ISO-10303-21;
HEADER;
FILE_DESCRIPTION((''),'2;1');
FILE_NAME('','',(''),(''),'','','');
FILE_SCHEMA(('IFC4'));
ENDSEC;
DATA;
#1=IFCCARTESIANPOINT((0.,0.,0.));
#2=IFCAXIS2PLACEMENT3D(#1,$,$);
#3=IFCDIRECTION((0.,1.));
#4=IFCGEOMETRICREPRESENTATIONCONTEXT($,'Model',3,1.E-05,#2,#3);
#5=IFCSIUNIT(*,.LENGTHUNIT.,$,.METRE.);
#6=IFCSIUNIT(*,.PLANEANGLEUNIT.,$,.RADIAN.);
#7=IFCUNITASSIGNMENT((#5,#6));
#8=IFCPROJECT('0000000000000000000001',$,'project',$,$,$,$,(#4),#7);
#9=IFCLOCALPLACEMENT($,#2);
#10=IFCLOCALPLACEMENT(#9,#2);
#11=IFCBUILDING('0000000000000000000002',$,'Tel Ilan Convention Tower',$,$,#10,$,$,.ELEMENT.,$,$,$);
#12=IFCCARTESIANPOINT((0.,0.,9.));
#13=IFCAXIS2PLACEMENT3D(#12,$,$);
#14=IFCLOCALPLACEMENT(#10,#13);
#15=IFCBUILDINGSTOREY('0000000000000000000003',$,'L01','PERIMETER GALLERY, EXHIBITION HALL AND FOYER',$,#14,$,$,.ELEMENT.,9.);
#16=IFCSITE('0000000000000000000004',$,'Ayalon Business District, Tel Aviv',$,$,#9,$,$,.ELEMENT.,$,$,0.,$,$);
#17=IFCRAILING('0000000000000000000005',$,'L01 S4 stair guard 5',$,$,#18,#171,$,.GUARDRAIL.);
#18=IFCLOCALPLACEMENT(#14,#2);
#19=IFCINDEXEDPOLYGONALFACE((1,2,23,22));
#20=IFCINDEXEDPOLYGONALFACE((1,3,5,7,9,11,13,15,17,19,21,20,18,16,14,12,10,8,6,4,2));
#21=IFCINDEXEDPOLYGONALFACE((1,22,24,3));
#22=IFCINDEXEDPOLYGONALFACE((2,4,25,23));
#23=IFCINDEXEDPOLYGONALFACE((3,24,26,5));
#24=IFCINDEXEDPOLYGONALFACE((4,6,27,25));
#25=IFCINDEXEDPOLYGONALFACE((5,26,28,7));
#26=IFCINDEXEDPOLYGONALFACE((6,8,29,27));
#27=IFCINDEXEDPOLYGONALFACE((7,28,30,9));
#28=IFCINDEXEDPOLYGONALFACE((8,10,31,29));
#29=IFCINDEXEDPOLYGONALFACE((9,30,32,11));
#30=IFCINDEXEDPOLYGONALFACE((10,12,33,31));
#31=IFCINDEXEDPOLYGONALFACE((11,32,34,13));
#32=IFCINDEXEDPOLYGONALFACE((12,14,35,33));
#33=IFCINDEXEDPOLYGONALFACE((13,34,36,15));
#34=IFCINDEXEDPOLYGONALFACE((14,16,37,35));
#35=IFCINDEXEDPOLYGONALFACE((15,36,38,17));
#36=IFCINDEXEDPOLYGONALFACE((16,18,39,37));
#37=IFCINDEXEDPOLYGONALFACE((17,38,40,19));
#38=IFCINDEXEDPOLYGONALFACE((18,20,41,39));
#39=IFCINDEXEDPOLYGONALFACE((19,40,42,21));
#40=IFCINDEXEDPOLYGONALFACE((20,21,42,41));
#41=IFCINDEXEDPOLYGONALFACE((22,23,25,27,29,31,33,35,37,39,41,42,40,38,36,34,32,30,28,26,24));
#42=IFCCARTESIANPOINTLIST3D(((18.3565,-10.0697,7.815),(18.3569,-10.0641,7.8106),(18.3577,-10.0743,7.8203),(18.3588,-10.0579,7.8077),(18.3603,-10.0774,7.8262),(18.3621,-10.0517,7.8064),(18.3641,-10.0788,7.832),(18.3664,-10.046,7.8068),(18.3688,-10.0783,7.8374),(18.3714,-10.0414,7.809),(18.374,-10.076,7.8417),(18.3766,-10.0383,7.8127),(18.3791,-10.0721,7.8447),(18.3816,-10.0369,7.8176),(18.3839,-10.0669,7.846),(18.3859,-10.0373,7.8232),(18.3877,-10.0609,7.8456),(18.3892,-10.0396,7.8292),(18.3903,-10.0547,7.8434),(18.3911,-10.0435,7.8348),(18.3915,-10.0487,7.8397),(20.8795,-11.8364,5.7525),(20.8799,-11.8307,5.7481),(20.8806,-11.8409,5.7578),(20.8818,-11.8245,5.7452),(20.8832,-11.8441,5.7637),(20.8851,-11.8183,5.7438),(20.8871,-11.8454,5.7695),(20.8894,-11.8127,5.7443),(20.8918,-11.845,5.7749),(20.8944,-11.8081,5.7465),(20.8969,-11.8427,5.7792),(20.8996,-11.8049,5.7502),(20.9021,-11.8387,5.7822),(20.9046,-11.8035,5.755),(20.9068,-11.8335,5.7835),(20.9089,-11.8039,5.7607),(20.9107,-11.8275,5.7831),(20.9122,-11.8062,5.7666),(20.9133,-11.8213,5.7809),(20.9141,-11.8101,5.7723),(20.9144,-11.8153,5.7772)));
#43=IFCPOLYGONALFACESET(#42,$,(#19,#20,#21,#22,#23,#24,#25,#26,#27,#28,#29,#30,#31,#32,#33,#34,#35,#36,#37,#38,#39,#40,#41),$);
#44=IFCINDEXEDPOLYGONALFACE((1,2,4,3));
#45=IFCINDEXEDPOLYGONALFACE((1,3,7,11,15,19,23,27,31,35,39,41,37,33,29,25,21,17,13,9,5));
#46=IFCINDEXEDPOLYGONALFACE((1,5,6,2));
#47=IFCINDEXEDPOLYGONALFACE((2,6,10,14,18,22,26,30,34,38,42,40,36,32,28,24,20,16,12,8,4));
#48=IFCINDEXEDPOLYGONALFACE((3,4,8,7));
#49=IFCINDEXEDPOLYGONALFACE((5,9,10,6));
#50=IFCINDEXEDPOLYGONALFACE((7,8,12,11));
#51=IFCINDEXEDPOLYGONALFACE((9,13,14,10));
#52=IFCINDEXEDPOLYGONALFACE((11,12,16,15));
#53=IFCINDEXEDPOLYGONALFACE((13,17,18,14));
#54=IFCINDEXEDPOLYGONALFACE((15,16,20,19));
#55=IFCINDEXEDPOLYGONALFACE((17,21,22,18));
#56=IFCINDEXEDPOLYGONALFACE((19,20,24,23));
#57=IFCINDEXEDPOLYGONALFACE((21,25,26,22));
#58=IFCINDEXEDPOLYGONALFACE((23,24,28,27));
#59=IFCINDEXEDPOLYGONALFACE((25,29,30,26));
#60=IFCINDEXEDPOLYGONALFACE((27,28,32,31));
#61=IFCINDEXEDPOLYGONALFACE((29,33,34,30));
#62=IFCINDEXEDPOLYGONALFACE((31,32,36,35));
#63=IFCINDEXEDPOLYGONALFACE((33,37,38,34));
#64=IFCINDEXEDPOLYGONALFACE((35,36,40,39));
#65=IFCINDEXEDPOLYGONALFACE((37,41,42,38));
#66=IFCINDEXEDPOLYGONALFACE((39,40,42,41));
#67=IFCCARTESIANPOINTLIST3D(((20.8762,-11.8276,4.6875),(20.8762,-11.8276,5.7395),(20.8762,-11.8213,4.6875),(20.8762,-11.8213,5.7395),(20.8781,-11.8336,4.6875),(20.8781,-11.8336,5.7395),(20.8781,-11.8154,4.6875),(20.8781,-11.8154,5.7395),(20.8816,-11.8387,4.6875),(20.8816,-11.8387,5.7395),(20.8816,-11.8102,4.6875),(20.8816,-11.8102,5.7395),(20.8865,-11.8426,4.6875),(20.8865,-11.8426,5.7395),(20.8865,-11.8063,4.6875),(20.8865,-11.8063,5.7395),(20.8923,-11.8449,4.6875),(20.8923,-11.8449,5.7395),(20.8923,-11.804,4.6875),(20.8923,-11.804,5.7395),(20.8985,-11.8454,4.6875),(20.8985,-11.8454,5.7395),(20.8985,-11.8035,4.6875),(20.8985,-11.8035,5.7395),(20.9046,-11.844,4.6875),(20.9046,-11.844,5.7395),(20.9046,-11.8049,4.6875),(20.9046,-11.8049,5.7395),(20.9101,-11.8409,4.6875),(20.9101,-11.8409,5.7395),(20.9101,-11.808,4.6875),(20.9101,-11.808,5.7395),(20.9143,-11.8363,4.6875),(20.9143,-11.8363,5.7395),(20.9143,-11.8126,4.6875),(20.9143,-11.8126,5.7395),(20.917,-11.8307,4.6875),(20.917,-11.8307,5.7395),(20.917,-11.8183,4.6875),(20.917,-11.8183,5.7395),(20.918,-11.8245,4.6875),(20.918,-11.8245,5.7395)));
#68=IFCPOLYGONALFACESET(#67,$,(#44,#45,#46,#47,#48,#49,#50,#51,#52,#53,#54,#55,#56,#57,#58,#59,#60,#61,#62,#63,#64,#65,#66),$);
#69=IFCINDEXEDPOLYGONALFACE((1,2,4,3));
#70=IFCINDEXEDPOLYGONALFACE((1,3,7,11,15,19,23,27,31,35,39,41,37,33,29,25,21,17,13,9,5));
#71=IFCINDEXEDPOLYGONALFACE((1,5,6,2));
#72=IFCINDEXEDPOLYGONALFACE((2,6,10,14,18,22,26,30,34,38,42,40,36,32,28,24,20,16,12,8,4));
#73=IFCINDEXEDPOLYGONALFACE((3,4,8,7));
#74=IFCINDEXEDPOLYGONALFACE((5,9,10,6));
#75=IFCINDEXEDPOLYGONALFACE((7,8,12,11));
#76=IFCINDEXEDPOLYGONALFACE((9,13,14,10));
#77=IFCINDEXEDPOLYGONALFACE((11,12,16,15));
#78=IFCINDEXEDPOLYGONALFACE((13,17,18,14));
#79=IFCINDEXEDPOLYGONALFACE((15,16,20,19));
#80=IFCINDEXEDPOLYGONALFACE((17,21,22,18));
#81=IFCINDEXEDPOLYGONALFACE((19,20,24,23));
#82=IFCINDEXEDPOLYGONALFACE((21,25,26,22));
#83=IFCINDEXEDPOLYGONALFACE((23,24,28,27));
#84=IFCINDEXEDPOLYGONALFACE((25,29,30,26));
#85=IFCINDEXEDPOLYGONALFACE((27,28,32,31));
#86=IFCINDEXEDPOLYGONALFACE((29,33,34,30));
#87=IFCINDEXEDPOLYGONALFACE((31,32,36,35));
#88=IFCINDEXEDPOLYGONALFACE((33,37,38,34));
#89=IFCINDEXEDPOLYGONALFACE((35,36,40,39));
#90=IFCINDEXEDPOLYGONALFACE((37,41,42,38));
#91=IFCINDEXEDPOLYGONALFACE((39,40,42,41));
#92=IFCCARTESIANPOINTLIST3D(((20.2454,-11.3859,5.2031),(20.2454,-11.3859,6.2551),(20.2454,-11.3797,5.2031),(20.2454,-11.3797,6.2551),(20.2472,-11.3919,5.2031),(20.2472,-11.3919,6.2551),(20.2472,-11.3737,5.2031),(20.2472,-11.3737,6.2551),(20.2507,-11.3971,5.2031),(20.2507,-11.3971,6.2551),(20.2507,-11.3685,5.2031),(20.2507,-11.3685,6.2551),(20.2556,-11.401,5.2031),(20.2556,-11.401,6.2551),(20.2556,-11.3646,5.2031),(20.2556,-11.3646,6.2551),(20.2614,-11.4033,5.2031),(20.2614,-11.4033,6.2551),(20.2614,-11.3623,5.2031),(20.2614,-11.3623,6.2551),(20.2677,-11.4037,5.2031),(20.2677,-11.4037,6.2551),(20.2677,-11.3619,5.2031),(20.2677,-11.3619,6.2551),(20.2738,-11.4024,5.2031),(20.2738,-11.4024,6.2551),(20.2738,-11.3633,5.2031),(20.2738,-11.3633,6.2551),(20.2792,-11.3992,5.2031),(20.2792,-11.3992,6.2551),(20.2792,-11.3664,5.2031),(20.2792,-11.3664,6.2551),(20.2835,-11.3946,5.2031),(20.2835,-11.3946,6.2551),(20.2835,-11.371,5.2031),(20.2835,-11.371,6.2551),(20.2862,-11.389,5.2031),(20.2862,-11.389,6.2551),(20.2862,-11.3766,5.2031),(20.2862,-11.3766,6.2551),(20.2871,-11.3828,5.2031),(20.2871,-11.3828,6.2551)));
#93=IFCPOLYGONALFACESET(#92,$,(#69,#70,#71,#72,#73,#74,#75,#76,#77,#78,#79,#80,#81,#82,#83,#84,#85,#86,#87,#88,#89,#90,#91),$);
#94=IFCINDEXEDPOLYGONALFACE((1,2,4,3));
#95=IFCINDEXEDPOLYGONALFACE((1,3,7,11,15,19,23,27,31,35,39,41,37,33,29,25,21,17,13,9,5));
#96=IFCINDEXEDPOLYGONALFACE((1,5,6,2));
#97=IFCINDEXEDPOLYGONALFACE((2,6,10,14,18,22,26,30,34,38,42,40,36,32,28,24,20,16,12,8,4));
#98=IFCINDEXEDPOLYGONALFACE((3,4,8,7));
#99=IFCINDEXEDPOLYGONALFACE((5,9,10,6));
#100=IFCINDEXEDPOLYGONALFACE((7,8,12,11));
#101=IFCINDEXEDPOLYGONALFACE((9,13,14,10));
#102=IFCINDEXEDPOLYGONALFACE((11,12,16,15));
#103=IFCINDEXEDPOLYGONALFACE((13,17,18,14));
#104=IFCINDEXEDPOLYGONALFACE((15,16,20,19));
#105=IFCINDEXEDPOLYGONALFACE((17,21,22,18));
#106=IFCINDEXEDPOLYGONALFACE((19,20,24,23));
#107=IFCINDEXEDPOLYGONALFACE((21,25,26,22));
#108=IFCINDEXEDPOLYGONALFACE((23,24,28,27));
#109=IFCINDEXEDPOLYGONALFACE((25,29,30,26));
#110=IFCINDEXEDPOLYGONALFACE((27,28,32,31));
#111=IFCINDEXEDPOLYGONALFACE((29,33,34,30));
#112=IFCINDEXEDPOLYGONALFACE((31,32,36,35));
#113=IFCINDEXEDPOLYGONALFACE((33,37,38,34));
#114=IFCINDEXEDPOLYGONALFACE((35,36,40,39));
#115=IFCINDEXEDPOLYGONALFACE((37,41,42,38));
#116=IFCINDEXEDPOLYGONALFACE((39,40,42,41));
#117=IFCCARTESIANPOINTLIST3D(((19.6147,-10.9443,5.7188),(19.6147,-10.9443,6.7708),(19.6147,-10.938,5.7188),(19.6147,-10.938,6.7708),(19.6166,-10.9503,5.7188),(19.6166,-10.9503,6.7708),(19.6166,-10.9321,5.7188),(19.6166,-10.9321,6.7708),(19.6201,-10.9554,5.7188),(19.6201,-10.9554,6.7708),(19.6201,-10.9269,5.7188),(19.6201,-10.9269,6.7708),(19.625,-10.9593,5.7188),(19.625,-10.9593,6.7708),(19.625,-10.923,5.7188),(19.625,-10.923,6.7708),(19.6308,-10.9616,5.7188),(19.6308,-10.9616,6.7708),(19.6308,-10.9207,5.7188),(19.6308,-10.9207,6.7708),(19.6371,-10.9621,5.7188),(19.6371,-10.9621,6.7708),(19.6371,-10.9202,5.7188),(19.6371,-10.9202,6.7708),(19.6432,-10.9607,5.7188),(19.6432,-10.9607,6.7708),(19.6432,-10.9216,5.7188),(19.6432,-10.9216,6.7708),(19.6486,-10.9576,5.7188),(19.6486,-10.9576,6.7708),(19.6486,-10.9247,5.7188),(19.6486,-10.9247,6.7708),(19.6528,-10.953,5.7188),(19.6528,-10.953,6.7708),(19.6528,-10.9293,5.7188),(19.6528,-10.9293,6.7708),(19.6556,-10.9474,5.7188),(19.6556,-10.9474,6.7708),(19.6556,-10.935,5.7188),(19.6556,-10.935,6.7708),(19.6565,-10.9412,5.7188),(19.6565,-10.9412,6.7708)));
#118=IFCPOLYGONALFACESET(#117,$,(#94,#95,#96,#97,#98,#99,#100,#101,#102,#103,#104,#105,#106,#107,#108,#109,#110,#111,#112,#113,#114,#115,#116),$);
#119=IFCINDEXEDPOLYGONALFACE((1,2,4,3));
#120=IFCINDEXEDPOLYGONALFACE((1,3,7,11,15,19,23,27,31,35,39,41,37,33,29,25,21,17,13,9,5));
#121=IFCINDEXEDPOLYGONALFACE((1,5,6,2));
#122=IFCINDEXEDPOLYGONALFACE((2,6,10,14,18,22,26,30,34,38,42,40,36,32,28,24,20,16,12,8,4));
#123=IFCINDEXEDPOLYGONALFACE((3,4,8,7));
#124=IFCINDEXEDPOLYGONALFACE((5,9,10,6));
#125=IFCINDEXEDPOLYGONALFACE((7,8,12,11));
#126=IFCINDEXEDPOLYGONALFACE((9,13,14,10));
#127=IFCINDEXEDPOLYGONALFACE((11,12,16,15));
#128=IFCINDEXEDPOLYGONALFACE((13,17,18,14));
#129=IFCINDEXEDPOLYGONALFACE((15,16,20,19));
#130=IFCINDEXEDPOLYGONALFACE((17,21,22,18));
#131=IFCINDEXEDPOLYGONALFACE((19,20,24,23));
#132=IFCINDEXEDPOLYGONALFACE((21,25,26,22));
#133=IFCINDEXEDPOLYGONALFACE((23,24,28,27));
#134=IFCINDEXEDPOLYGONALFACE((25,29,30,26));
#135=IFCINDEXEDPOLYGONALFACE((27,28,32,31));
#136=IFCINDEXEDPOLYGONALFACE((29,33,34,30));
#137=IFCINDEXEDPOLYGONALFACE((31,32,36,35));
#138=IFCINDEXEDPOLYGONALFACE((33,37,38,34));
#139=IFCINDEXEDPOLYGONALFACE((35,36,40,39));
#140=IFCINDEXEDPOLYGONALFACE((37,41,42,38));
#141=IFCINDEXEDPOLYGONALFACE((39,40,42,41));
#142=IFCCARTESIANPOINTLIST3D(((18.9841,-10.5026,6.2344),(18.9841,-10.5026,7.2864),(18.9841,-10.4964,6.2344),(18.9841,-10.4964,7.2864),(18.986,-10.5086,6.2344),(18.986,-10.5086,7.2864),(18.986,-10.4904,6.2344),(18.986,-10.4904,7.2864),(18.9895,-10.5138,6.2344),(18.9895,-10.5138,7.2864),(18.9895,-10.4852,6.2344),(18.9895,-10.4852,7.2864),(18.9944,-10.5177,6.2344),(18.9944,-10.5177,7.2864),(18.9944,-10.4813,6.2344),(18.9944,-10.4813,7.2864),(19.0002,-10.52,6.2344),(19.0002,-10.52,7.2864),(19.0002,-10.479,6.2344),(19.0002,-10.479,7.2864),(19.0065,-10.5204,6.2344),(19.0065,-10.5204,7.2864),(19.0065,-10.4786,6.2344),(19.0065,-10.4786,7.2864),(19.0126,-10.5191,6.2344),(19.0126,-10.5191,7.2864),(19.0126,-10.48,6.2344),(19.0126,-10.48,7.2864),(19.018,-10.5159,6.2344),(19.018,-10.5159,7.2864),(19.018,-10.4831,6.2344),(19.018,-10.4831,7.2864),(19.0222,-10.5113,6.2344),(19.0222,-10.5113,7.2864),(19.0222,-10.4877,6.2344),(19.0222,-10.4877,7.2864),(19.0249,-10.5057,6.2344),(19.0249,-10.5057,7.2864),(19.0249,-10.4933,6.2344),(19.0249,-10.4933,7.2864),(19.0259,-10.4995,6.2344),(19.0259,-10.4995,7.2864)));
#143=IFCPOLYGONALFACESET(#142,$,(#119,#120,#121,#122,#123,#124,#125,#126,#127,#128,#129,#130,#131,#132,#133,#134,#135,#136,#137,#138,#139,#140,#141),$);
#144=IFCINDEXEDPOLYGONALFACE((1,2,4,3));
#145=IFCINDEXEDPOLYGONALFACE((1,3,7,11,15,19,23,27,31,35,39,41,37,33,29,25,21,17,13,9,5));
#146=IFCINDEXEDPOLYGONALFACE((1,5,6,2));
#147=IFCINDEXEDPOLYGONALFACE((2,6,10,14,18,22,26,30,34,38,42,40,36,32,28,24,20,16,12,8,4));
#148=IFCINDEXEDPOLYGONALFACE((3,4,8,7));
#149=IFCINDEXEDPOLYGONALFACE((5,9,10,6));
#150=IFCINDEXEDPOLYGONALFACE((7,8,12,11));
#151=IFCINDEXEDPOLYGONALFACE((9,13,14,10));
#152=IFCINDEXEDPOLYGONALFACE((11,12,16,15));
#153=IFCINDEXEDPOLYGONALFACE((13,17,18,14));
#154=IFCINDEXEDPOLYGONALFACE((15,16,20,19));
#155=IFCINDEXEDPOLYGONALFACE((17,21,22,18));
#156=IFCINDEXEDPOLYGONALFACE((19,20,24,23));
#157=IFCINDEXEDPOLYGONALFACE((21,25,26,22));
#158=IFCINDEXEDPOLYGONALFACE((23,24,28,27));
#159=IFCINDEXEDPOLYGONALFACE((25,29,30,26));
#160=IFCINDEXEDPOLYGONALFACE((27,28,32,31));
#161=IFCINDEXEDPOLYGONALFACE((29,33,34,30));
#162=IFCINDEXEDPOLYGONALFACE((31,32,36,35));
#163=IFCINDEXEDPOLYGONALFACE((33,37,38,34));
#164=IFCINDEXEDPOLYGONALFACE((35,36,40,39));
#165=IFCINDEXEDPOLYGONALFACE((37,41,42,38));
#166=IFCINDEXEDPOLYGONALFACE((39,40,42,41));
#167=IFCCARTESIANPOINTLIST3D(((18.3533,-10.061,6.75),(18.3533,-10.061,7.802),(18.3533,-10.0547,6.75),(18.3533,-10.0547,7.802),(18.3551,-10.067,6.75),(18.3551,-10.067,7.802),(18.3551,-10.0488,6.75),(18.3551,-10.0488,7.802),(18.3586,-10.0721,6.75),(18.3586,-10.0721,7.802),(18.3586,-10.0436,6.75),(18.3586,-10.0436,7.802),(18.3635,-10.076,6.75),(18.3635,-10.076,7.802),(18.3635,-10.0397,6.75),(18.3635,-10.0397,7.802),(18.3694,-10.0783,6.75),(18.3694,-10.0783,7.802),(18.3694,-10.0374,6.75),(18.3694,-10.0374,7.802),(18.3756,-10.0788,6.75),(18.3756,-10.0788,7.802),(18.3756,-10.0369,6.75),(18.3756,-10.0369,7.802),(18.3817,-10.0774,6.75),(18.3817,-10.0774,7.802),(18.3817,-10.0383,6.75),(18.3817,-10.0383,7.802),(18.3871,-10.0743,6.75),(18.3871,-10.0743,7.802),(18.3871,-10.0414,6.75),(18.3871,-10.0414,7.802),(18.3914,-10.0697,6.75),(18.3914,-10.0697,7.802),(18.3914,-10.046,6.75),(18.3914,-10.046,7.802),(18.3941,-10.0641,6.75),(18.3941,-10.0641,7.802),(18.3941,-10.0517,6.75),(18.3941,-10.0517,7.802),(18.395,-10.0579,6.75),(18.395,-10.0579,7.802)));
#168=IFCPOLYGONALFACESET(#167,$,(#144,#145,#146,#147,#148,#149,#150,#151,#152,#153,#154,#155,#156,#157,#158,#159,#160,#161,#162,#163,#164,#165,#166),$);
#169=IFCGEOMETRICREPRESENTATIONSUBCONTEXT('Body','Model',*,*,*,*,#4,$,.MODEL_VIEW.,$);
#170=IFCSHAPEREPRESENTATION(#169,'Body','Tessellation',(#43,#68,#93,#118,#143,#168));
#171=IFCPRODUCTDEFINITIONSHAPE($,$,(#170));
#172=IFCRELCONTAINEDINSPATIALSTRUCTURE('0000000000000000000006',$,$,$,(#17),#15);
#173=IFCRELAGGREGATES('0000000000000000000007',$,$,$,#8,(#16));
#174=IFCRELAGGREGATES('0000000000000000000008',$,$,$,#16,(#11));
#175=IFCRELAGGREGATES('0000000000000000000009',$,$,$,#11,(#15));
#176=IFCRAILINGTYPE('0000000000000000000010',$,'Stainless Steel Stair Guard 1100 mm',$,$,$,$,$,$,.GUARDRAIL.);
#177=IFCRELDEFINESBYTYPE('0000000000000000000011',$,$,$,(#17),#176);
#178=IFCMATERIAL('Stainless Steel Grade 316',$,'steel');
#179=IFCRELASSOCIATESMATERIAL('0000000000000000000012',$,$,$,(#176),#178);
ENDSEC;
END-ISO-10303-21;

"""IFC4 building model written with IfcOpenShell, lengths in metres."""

from ifc_helpers import new_model, si_unit, direction, frame, origin, origin_2d, place, context, subcontext, project, spatial, circle, extrude, material, type_object, element, save


model = new_model("IFC4")

# Units and contexts
model_context = context("Model", 3, precision=1e-05, world=origin(), true_north=direction((0.0, 1.0)))
body_context = subcontext(model_context, "Body", "Model", "MODEL_VIEW")
ifc_project = project(units=[si_unit("LENGTHUNIT", "METRE"), si_unit("PLANEANGLEUNIT", "RADIAN")], contexts=[model_context])

# Site, building, storey
site_placement = place(None, origin())
site = spatial("IfcSite", under=ifc_project, at=site_placement, Name="Ayalon Business District, Tel Aviv", CompositionType="ELEMENT", RefElevation=0.0)
building_placement = place(site_placement, origin())
building = spatial("IfcBuilding", under=site, at=building_placement, Name="Tel Ilan Convention Tower", CompositionType="ELEMENT")
storey_placement = place(building_placement, frame((0.0, 0.0, 9.0)))
storey = spatial("IfcBuildingStorey", under=building, at=storey_placement, Name="L01", Description="PERIMETER GALLERY, EXHIBITION HALL AND FOYER", CompositionType="ELEMENT", Elevation=9.0)

# Railing
ifc_material_1 = material(Name="Stainless Steel Grade 316", Category="steel")
railing_type_1 = type_object("IfcRailingType", Name="Stainless Steel Stair Guard 1100 mm", PredefinedType="GUARDRAIL", material=ifc_material_1)
railing_1_placement = place(storey_placement, frame((20.897, -11.8245, 4.6875)))
element("IfcRailing", 1, at=railing_1_placement, inside=storey, type_object=railing_type_1, Name="L01 S4 stair guard 5", PredefinedType="GUARDRAIL", context=body_context, shape_type="SweptSolid", body=[
    extrude(circle(Radius=0.0239, at=origin_2d()), frame((0.0, 0.0, 1.0762), z_axis=(-0.680635, 0.476589, 0.556416), x_axis=(-0.573579, -0.81915, 0.0)), (0.0, 0.0, 1.0), 3.7068),
    extrude(circle(Radius=0.021, at=origin_2d()), origin(), (0.0, 0.0, 1.0), 1.052),
    extrude(circle(Radius=0.021, at=origin_2d()), frame((-0.6309, 0.4417, 0.5156)), (0.0, 0.0, 1.0), 1.052),
    extrude(circle(Radius=0.021, at=origin_2d()), frame((-1.2615, 0.8833, 1.0312)), (0.0, 0.0, 1.0), 1.052),
    extrude(circle(Radius=0.021, at=origin_2d()), frame((-1.8921, 1.325, 1.5469)), (0.0, 0.0, 1.0), 1.052),
    extrude(circle(Radius=0.021, at=origin_2d()), frame((-2.5229, 1.7666, 2.0625)), (0.0, 0.0, 1.0), 1.052),
])

save(model, "model.ifc")
